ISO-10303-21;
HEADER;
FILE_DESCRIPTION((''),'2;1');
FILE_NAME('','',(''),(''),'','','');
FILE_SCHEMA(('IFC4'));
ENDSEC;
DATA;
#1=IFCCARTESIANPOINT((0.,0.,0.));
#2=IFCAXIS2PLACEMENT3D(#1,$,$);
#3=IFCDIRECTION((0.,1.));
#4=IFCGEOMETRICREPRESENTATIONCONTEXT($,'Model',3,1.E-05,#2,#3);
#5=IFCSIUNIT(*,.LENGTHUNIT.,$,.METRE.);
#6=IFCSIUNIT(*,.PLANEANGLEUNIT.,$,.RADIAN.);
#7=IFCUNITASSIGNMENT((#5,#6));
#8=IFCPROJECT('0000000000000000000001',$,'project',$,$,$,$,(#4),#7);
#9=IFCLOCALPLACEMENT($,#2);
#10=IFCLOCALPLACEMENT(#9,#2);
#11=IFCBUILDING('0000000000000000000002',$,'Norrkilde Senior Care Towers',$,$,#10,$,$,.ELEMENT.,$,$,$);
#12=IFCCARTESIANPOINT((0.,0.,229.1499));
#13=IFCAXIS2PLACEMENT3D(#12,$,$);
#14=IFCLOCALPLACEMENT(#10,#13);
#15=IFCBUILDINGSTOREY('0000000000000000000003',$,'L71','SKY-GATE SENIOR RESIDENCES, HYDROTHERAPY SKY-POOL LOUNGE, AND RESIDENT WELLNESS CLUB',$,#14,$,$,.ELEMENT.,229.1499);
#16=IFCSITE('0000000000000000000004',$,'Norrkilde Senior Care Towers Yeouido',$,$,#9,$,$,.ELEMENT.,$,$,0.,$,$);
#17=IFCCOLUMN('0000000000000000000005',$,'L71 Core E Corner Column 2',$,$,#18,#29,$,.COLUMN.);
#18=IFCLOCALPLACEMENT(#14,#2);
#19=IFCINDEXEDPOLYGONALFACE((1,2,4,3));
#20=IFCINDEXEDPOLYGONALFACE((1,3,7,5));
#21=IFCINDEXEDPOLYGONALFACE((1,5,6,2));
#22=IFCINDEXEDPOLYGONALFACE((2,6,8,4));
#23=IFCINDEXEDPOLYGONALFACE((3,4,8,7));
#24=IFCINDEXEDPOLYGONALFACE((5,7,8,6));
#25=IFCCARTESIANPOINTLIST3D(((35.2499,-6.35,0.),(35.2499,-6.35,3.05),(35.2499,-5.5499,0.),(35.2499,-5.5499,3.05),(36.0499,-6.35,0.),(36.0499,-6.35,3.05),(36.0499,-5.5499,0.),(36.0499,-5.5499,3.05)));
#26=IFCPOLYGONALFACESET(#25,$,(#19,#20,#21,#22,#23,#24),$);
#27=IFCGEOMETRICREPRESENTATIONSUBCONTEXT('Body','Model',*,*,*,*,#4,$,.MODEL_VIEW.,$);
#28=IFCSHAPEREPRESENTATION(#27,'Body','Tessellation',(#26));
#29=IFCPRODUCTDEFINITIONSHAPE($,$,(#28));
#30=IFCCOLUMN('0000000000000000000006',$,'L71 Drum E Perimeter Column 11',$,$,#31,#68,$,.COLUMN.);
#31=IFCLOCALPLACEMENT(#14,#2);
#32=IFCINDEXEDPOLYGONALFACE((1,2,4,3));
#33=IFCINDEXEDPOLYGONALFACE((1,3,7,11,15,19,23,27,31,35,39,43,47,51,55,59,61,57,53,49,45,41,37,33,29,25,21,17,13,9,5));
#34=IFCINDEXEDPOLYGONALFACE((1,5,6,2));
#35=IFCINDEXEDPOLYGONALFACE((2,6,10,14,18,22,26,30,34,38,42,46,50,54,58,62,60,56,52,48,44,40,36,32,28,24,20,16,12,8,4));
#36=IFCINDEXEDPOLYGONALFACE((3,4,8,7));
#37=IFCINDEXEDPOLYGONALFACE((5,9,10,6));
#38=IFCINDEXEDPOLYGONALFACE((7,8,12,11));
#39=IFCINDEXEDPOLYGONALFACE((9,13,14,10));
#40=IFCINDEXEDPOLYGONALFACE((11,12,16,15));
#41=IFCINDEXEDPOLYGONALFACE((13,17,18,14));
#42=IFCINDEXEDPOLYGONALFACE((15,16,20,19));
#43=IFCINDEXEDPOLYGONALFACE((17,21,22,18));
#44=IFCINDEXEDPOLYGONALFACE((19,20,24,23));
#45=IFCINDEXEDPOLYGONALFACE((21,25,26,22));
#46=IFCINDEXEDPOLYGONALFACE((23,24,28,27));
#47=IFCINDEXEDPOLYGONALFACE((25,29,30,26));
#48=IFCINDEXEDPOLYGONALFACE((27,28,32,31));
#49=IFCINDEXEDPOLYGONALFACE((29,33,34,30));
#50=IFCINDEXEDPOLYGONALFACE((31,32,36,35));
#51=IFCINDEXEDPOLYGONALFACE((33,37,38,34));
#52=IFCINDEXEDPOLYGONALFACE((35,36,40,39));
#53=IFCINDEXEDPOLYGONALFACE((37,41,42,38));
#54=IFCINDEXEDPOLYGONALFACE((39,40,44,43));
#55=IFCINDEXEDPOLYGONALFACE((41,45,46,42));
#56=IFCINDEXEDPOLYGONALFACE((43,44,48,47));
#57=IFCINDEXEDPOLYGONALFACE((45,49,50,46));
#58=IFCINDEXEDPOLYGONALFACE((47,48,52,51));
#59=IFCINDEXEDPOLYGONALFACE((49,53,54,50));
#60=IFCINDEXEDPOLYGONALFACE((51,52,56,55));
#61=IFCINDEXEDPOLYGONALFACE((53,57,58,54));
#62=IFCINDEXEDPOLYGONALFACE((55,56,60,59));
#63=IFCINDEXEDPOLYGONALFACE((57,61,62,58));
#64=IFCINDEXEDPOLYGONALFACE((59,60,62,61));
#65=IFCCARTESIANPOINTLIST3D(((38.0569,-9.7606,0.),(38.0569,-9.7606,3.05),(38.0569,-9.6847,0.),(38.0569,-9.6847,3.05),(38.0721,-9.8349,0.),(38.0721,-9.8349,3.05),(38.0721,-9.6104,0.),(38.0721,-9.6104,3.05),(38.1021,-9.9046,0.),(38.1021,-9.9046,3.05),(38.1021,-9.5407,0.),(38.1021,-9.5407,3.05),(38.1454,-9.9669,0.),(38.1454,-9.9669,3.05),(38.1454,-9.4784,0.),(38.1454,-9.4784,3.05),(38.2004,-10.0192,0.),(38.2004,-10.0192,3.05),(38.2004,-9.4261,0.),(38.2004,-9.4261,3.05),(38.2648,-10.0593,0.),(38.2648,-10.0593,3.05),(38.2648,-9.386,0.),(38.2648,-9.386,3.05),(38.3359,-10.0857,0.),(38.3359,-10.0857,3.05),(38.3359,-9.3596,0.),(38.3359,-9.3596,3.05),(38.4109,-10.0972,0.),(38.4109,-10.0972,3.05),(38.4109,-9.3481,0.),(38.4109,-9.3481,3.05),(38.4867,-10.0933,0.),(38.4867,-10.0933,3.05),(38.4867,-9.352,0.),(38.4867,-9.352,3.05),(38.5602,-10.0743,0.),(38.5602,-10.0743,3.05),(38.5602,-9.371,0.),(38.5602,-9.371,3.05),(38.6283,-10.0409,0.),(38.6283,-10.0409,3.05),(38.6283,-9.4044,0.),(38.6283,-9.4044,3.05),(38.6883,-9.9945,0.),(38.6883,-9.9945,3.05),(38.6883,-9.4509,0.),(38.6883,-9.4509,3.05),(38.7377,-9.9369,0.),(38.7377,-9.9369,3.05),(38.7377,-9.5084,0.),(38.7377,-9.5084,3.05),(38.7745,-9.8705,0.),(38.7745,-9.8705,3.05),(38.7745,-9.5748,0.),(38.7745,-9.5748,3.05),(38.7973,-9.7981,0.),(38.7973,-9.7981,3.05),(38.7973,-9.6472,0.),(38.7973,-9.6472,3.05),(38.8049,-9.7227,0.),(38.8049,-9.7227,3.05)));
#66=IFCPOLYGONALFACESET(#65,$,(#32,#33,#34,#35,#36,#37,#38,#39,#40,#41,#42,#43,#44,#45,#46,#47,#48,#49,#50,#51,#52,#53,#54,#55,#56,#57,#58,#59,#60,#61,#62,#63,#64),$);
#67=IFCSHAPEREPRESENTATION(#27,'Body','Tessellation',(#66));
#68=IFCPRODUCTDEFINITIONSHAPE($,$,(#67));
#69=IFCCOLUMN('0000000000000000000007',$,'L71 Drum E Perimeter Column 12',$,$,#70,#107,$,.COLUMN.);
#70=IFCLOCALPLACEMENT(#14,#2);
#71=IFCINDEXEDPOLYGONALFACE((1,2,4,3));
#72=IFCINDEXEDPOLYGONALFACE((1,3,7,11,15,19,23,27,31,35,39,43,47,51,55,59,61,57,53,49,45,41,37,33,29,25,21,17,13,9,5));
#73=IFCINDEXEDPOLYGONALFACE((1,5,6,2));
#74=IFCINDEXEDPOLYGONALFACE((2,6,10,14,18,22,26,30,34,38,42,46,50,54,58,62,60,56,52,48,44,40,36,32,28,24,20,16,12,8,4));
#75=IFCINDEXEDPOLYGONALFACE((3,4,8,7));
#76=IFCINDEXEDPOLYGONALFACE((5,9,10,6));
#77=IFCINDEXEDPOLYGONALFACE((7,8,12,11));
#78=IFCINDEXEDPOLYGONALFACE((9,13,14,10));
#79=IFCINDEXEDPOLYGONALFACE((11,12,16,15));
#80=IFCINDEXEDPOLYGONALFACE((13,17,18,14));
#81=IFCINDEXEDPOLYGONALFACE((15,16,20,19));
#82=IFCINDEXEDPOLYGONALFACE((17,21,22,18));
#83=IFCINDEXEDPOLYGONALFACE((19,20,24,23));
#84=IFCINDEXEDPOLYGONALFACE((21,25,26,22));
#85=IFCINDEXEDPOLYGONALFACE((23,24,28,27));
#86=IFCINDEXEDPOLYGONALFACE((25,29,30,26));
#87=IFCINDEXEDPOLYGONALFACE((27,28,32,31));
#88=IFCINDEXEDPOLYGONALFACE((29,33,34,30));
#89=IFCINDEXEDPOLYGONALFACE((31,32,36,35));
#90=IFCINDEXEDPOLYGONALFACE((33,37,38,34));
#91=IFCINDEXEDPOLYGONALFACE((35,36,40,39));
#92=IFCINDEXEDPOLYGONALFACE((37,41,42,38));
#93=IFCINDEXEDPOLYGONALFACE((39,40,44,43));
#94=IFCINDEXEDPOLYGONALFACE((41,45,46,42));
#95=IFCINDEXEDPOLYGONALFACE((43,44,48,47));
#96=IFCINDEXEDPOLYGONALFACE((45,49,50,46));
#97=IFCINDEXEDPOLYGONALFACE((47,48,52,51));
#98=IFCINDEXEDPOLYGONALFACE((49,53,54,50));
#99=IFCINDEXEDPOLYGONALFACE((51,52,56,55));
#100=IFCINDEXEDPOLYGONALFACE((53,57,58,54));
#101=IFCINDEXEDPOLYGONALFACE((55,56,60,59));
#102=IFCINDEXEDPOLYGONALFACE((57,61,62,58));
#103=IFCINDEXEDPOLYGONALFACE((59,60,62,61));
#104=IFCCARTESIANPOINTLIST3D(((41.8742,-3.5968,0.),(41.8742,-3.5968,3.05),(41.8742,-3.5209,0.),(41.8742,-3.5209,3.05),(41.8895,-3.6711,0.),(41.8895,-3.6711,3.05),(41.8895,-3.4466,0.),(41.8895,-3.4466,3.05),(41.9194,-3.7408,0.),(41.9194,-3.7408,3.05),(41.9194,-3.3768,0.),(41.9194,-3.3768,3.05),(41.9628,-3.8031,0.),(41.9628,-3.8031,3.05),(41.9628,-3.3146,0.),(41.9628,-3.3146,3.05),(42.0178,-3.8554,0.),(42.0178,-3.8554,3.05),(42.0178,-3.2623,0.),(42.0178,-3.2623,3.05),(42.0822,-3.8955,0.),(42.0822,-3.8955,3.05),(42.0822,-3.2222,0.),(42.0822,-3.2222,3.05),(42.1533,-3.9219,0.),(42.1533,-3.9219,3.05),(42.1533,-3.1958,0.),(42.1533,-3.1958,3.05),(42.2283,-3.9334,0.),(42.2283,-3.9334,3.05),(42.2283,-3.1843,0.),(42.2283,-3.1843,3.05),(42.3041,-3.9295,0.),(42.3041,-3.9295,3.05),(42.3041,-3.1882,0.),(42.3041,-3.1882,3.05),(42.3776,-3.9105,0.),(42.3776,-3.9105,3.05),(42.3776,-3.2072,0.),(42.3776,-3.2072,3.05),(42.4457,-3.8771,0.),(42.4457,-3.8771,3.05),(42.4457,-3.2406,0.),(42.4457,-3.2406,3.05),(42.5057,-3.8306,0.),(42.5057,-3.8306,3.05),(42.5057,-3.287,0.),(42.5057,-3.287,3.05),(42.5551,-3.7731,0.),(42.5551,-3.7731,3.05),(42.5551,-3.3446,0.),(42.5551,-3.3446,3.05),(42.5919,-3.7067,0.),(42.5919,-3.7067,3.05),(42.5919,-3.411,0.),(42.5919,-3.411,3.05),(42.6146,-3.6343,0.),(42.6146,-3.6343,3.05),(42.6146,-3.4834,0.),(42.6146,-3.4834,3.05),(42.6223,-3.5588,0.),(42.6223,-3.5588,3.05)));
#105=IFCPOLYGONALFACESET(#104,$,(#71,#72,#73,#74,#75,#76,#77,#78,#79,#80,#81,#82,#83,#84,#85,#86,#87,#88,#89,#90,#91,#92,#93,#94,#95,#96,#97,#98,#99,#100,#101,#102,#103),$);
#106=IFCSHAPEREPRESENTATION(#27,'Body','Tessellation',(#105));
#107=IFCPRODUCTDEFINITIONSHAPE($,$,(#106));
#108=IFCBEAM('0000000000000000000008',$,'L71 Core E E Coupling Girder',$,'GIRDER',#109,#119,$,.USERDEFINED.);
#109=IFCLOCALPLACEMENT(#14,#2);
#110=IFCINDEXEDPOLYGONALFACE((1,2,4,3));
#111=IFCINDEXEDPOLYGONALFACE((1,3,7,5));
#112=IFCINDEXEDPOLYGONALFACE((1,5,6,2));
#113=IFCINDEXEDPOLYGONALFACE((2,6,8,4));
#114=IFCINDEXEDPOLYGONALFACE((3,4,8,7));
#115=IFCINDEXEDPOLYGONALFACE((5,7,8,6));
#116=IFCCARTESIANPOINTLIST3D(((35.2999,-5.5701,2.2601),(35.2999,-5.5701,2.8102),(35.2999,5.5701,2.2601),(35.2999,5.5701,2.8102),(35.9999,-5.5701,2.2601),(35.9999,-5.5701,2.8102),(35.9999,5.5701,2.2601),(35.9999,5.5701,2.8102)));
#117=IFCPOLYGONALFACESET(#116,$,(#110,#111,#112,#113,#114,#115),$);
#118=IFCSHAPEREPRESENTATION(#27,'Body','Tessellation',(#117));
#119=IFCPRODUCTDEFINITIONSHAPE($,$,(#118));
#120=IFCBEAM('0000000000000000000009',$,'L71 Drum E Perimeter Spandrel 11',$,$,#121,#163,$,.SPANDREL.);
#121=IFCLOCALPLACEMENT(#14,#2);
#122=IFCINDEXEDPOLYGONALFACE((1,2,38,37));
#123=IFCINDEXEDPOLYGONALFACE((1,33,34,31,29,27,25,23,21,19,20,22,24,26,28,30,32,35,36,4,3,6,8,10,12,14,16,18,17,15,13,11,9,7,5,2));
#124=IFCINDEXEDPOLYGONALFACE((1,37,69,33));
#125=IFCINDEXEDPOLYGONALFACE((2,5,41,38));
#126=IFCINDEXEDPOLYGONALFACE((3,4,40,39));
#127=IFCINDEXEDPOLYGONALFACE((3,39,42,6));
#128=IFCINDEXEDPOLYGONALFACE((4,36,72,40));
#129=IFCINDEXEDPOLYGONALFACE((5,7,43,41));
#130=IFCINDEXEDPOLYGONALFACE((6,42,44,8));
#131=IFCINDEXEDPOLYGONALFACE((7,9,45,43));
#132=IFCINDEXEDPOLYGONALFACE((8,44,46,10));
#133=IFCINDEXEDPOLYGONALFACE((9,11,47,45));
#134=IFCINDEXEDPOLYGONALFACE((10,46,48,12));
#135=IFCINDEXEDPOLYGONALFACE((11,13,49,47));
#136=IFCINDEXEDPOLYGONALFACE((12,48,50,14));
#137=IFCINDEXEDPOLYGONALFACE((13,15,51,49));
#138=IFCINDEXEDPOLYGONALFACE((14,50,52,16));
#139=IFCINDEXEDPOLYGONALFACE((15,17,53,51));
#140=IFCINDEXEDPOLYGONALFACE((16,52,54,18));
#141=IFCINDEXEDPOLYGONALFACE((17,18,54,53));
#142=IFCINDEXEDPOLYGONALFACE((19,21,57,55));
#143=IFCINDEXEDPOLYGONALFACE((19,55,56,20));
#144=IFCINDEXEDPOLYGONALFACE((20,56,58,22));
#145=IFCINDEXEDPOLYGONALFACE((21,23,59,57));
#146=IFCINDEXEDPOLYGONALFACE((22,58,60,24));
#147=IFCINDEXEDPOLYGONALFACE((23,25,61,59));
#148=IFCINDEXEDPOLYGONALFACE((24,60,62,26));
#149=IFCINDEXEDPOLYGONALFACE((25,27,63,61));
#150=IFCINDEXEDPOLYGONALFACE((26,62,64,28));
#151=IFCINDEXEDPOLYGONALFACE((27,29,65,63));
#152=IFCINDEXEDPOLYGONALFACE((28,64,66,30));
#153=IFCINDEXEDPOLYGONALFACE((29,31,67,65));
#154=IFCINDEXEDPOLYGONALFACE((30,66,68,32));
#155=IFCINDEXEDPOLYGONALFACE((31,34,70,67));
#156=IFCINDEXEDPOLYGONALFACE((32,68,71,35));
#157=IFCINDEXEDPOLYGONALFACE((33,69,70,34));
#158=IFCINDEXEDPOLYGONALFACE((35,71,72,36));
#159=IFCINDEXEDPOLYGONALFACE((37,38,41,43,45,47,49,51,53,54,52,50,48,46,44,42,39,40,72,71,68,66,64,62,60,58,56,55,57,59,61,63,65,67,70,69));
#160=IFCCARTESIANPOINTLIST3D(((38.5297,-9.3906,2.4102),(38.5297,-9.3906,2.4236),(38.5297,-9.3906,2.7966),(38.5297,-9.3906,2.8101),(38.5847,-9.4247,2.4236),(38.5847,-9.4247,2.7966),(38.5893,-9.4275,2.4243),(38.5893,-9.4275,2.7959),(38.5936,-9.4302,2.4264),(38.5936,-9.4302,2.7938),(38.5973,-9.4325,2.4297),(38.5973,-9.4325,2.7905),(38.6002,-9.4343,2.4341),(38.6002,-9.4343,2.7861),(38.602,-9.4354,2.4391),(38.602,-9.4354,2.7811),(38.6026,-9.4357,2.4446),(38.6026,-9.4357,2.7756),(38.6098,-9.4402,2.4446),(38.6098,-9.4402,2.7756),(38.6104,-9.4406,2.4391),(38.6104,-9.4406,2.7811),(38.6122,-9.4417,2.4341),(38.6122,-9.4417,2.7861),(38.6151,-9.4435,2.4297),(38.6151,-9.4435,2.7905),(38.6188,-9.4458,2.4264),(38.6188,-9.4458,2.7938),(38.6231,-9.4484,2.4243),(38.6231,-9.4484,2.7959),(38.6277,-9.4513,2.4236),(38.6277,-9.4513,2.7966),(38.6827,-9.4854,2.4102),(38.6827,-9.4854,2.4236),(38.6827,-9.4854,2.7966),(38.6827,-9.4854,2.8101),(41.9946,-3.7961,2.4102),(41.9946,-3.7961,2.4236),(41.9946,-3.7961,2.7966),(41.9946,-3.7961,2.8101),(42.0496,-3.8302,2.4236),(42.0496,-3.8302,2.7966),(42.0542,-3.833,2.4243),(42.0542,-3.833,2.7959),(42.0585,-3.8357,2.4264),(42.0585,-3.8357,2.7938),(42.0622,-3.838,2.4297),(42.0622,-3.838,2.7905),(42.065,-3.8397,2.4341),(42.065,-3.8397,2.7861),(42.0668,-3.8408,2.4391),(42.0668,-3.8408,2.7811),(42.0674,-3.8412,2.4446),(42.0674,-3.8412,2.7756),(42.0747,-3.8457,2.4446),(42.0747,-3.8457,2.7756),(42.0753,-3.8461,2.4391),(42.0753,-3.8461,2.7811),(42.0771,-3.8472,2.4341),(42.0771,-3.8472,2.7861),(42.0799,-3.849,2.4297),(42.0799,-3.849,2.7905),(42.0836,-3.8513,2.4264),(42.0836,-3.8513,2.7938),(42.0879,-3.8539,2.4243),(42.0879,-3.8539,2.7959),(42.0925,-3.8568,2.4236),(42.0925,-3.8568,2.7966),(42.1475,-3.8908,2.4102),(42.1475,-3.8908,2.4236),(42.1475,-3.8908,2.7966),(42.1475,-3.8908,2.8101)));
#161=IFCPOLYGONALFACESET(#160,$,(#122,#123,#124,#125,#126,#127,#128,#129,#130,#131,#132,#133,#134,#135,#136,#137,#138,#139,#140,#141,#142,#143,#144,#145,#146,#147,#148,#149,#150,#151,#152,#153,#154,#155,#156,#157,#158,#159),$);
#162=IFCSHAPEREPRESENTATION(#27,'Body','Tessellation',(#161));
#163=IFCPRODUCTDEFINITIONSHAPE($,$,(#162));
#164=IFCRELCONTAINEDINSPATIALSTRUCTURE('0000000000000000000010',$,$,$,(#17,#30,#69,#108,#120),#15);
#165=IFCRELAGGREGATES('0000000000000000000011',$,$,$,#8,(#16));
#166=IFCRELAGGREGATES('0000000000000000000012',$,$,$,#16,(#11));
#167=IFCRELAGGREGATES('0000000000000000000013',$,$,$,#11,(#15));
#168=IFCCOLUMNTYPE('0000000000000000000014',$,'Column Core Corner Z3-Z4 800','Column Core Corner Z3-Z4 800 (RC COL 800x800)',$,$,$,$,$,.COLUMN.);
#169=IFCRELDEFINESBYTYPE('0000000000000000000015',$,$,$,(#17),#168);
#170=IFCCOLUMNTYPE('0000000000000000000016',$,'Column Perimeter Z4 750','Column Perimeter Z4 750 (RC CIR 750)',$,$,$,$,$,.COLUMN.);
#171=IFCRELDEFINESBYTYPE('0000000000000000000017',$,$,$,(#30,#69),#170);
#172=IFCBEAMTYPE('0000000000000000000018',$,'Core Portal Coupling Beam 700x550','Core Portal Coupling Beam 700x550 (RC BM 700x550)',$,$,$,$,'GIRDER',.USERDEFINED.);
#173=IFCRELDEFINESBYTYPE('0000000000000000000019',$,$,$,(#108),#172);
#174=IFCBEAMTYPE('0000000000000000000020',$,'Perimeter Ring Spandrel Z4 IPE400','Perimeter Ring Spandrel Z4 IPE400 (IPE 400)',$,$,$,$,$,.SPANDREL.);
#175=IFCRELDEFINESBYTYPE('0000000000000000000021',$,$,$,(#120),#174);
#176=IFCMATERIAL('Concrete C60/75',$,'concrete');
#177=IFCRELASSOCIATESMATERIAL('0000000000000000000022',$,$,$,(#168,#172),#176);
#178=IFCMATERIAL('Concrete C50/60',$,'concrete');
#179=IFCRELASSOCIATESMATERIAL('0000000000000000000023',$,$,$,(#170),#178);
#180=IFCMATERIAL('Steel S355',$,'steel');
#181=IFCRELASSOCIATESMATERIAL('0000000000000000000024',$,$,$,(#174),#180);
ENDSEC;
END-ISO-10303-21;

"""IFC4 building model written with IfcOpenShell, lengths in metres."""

from ifc_helpers import new_model, si_unit, direction, frame, origin, origin_2d, place, context, subcontext, project, spatial, rectangle, circle, i_section, extrude, source, transform, mapped, material, material_profile, profile_set, type_object, type_shapes, element, save


model = new_model("IFC4")

# Units and contexts
model_context = context("Model", 3, precision=1e-05, world=origin(), true_north=direction((0.0, 1.0)))
body_context = subcontext(model_context, "Body", "Model", "MODEL_VIEW")
ifc_project = project(units=[si_unit("LENGTHUNIT", "METRE"), si_unit("PLANEANGLEUNIT", "RADIAN")], contexts=[model_context])

# Site, building, storey
site_placement = place(None, origin())
site = spatial("IfcSite", under=ifc_project, at=site_placement, Name="Norrkilde Senior Care Towers Yeouido", CompositionType="ELEMENT", RefElevation=0.0)
building_placement = place(site_placement, origin())
building = spatial("IfcBuilding", under=site, at=building_placement, Name="Norrkilde Senior Care Towers", CompositionType="ELEMENT")
storey_placement = place(building_placement, frame((0.0, 0.0, 229.1499)))
storey = spatial("IfcBuildingStorey", under=building, at=storey_placement, Name="L71", Description="SKY-GATE SENIOR RESIDENCES, HYDROTHERAPY SKY-POOL LOUNGE, AND RESIDENT WELLNESS CLUB", CompositionType="ELEMENT", Elevation=229.1499)

# Columns
ifc_material_1 = material(Name="Concrete C60/75", Category="concrete")
ifc_material_profile_1 = material_profile(ifc_material_1, rectangle(XDim=0.8, YDim=0.8, at=origin_2d()), Name="RC COL 800x800")
ifc_profile_set_1 = profile_set([ifc_material_profile_1], Name="Concrete C60/75")
column_type_1 = type_object("IfcColumnType", Name="Column Core Corner Z3-Z4 800", Description="Column Core Corner Z3-Z4 800 (RC COL 800x800)", PredefinedType="COLUMN", material=ifc_profile_set_1)
shared_shape_1 = source(origin(), body_context, "Body", "SweptSolid", [
    extrude(rectangle(XDim=0.8, YDim=0.8, at=origin_2d()), origin(), (0.0, 0.0, 1.0), 3.05),
])
type_shapes(column_type_1, [shared_shape_1])
column_placement = place(storey_placement, frame((35.6499, -5.95, 0.0), z_axis=(0.0, 0.0, 1.0), x_axis=(1.0, 0.0, 0.0)))
element("IfcColumn", 1, at=column_placement, inside=storey, type_object=column_type_1, Name="L71 Core E Corner Column 2", PredefinedType="COLUMN", context=body_context, shape_type="MappedRepresentation", body=[
    mapped(shared_shape_1, transform((0.0, 0.0, 0.0), x_axis=(1.0, 0.0, 0.0), y_axis=(0.0, 1.0, 0.0), z_axis=(0.0, 0.0, 1.0), scale=1.0)),
])
ifc_material_2 = material(Name="Concrete C50/60", Category="concrete")
ifc_material_profile_2 = material_profile(ifc_material_2, circle(Radius=0.375, at=origin_2d()), Name="RC CIR 750")
ifc_profile_set_2 = profile_set([ifc_material_profile_2], Name="Concrete C50/60")
column_type_2 = type_object("IfcColumnType", Name="Column Perimeter Z4 750", Description="Column Perimeter Z4 750 (RC CIR 750)", PredefinedType="COLUMN", material=ifc_profile_set_2)
shared_shape_2 = source(origin(), body_context, "Body", "SweptSolid", [
    extrude(circle(Radius=0.375, at=origin_2d()), origin(), (0.0, 0.0, 1.0), 3.05),
])
type_shapes(column_type_2, [shared_shape_2])
for number, where, z_axis, x_axis, name in (
    (2, (38.4299, -9.7227, 0.0), (0.0, 0.0, 1.0), (1.0, 0.0, 0.0), "L71 Drum E Perimeter Column 11"),
    (3, (42.2473, -3.5588, 0.0), (0.0, 0.0, 1.0), (1.0, 0.0, 0.0), "L71 Drum E Perimeter Column 12"),
):
    element("IfcColumn", number, at=place(storey_placement, frame(where, z_axis=z_axis, x_axis=x_axis)), inside=storey, type_object=column_type_2, Name=name, PredefinedType="COLUMN", context=body_context, shape_type="MappedRepresentation", body=[
        mapped(shared_shape_2, transform((0.0, 0.0, 0.0), x_axis=(1.0, 0.0, 0.0), y_axis=(0.0, 1.0, 0.0), z_axis=(0.0, 0.0, 1.0), scale=1.0)),
    ])

# Beams
ifc_material_profile_3 = material_profile(ifc_material_1, rectangle(XDim=0.7, YDim=0.55, at=origin_2d()), Name="RC BM 700x550")
ifc_profile_set_3 = profile_set([ifc_material_profile_3], Name="Concrete C60/75")
beam_type_1 = type_object("IfcBeamType", Name="Core Portal Coupling Beam 700x550", Description="Core Portal Coupling Beam 700x550 (RC BM 700x550)", ElementType="GIRDER", PredefinedType="USERDEFINED", material=ifc_profile_set_3)
shared_shape_3 = source(origin(), body_context, "Body", "SweptSolid", [
    extrude(rectangle(XDim=0.7, YDim=0.55, at=origin_2d()), origin(), (0.0, 0.0, 1.0), 11.1401),
])
type_shapes(beam_type_1, [shared_shape_3])
beam_1_placement = place(storey_placement, frame((35.6499, -5.5701, 2.5352), z_axis=(0.0, 1.0, 0.0), x_axis=(-1.0, 0.0, 0.0)))
element("IfcBeam", 4, at=beam_1_placement, inside=storey, type_object=beam_type_1, Name="L71 Core E E Coupling Girder", ObjectType="GIRDER", PredefinedType="USERDEFINED", context=body_context, shape_type="MappedRepresentation", body=[
    mapped(shared_shape_3, transform((0.0, 0.0, 0.0), x_axis=(1.0, 0.0, 0.0), y_axis=(0.0, 1.0, 0.0), z_axis=(0.0, 0.0, 1.0), scale=1.0)),
])
ifc_material_3 = material(Name="Steel S355", Category="steel")
ifc_material_profile_4 = material_profile(ifc_material_3, i_section(OverallWidth=0.1799, OverallDepth=0.3999, WebThickness=0.0085, FlangeThickness=0.0134, FilletRadius=0.021, at=origin_2d()), Name="IPE 400")
ifc_profile_set_4 = profile_set([ifc_material_profile_4], Name="Steel S355")
beam_type_2 = type_object("IfcBeamType", Name="Perimeter Ring Spandrel Z4 IPE400", Description="Perimeter Ring Spandrel Z4 IPE400 (IPE 400)", PredefinedType="SPANDREL", material=ifc_profile_set_4)
shared_shape_4 = source(origin(), body_context, "Body", "SweptSolid", [
    extrude(i_section(OverallWidth=0.1799, OverallDepth=0.3999, WebThickness=0.0085, FlangeThickness=0.0134, FilletRadius=0.021, at=origin_2d()), origin(), (0.0, 0.0, 1.0), 6.5806),
])
beam_2_placement = place(storey_placement, frame((38.6062, -9.438, 2.6101), z_axis=(0.52653, 0.850157, 0.0), x_axis=(-0.850157, 0.52653, 0.0)))
element("IfcBeam", 5, at=beam_2_placement, inside=storey, type_object=beam_type_2, Name="L71 Drum E Perimeter Spandrel 11", PredefinedType="SPANDREL", context=body_context, shape_type="MappedRepresentation", body=[
    mapped(shared_shape_4, transform((0.0, 0.0, 0.0), x_axis=(1.0, 0.0, 0.0), y_axis=(0.0, 1.0, 0.0), z_axis=(0.0, 0.0, 1.0), scale=1.0)),
])

save(model, "model.ifc")
